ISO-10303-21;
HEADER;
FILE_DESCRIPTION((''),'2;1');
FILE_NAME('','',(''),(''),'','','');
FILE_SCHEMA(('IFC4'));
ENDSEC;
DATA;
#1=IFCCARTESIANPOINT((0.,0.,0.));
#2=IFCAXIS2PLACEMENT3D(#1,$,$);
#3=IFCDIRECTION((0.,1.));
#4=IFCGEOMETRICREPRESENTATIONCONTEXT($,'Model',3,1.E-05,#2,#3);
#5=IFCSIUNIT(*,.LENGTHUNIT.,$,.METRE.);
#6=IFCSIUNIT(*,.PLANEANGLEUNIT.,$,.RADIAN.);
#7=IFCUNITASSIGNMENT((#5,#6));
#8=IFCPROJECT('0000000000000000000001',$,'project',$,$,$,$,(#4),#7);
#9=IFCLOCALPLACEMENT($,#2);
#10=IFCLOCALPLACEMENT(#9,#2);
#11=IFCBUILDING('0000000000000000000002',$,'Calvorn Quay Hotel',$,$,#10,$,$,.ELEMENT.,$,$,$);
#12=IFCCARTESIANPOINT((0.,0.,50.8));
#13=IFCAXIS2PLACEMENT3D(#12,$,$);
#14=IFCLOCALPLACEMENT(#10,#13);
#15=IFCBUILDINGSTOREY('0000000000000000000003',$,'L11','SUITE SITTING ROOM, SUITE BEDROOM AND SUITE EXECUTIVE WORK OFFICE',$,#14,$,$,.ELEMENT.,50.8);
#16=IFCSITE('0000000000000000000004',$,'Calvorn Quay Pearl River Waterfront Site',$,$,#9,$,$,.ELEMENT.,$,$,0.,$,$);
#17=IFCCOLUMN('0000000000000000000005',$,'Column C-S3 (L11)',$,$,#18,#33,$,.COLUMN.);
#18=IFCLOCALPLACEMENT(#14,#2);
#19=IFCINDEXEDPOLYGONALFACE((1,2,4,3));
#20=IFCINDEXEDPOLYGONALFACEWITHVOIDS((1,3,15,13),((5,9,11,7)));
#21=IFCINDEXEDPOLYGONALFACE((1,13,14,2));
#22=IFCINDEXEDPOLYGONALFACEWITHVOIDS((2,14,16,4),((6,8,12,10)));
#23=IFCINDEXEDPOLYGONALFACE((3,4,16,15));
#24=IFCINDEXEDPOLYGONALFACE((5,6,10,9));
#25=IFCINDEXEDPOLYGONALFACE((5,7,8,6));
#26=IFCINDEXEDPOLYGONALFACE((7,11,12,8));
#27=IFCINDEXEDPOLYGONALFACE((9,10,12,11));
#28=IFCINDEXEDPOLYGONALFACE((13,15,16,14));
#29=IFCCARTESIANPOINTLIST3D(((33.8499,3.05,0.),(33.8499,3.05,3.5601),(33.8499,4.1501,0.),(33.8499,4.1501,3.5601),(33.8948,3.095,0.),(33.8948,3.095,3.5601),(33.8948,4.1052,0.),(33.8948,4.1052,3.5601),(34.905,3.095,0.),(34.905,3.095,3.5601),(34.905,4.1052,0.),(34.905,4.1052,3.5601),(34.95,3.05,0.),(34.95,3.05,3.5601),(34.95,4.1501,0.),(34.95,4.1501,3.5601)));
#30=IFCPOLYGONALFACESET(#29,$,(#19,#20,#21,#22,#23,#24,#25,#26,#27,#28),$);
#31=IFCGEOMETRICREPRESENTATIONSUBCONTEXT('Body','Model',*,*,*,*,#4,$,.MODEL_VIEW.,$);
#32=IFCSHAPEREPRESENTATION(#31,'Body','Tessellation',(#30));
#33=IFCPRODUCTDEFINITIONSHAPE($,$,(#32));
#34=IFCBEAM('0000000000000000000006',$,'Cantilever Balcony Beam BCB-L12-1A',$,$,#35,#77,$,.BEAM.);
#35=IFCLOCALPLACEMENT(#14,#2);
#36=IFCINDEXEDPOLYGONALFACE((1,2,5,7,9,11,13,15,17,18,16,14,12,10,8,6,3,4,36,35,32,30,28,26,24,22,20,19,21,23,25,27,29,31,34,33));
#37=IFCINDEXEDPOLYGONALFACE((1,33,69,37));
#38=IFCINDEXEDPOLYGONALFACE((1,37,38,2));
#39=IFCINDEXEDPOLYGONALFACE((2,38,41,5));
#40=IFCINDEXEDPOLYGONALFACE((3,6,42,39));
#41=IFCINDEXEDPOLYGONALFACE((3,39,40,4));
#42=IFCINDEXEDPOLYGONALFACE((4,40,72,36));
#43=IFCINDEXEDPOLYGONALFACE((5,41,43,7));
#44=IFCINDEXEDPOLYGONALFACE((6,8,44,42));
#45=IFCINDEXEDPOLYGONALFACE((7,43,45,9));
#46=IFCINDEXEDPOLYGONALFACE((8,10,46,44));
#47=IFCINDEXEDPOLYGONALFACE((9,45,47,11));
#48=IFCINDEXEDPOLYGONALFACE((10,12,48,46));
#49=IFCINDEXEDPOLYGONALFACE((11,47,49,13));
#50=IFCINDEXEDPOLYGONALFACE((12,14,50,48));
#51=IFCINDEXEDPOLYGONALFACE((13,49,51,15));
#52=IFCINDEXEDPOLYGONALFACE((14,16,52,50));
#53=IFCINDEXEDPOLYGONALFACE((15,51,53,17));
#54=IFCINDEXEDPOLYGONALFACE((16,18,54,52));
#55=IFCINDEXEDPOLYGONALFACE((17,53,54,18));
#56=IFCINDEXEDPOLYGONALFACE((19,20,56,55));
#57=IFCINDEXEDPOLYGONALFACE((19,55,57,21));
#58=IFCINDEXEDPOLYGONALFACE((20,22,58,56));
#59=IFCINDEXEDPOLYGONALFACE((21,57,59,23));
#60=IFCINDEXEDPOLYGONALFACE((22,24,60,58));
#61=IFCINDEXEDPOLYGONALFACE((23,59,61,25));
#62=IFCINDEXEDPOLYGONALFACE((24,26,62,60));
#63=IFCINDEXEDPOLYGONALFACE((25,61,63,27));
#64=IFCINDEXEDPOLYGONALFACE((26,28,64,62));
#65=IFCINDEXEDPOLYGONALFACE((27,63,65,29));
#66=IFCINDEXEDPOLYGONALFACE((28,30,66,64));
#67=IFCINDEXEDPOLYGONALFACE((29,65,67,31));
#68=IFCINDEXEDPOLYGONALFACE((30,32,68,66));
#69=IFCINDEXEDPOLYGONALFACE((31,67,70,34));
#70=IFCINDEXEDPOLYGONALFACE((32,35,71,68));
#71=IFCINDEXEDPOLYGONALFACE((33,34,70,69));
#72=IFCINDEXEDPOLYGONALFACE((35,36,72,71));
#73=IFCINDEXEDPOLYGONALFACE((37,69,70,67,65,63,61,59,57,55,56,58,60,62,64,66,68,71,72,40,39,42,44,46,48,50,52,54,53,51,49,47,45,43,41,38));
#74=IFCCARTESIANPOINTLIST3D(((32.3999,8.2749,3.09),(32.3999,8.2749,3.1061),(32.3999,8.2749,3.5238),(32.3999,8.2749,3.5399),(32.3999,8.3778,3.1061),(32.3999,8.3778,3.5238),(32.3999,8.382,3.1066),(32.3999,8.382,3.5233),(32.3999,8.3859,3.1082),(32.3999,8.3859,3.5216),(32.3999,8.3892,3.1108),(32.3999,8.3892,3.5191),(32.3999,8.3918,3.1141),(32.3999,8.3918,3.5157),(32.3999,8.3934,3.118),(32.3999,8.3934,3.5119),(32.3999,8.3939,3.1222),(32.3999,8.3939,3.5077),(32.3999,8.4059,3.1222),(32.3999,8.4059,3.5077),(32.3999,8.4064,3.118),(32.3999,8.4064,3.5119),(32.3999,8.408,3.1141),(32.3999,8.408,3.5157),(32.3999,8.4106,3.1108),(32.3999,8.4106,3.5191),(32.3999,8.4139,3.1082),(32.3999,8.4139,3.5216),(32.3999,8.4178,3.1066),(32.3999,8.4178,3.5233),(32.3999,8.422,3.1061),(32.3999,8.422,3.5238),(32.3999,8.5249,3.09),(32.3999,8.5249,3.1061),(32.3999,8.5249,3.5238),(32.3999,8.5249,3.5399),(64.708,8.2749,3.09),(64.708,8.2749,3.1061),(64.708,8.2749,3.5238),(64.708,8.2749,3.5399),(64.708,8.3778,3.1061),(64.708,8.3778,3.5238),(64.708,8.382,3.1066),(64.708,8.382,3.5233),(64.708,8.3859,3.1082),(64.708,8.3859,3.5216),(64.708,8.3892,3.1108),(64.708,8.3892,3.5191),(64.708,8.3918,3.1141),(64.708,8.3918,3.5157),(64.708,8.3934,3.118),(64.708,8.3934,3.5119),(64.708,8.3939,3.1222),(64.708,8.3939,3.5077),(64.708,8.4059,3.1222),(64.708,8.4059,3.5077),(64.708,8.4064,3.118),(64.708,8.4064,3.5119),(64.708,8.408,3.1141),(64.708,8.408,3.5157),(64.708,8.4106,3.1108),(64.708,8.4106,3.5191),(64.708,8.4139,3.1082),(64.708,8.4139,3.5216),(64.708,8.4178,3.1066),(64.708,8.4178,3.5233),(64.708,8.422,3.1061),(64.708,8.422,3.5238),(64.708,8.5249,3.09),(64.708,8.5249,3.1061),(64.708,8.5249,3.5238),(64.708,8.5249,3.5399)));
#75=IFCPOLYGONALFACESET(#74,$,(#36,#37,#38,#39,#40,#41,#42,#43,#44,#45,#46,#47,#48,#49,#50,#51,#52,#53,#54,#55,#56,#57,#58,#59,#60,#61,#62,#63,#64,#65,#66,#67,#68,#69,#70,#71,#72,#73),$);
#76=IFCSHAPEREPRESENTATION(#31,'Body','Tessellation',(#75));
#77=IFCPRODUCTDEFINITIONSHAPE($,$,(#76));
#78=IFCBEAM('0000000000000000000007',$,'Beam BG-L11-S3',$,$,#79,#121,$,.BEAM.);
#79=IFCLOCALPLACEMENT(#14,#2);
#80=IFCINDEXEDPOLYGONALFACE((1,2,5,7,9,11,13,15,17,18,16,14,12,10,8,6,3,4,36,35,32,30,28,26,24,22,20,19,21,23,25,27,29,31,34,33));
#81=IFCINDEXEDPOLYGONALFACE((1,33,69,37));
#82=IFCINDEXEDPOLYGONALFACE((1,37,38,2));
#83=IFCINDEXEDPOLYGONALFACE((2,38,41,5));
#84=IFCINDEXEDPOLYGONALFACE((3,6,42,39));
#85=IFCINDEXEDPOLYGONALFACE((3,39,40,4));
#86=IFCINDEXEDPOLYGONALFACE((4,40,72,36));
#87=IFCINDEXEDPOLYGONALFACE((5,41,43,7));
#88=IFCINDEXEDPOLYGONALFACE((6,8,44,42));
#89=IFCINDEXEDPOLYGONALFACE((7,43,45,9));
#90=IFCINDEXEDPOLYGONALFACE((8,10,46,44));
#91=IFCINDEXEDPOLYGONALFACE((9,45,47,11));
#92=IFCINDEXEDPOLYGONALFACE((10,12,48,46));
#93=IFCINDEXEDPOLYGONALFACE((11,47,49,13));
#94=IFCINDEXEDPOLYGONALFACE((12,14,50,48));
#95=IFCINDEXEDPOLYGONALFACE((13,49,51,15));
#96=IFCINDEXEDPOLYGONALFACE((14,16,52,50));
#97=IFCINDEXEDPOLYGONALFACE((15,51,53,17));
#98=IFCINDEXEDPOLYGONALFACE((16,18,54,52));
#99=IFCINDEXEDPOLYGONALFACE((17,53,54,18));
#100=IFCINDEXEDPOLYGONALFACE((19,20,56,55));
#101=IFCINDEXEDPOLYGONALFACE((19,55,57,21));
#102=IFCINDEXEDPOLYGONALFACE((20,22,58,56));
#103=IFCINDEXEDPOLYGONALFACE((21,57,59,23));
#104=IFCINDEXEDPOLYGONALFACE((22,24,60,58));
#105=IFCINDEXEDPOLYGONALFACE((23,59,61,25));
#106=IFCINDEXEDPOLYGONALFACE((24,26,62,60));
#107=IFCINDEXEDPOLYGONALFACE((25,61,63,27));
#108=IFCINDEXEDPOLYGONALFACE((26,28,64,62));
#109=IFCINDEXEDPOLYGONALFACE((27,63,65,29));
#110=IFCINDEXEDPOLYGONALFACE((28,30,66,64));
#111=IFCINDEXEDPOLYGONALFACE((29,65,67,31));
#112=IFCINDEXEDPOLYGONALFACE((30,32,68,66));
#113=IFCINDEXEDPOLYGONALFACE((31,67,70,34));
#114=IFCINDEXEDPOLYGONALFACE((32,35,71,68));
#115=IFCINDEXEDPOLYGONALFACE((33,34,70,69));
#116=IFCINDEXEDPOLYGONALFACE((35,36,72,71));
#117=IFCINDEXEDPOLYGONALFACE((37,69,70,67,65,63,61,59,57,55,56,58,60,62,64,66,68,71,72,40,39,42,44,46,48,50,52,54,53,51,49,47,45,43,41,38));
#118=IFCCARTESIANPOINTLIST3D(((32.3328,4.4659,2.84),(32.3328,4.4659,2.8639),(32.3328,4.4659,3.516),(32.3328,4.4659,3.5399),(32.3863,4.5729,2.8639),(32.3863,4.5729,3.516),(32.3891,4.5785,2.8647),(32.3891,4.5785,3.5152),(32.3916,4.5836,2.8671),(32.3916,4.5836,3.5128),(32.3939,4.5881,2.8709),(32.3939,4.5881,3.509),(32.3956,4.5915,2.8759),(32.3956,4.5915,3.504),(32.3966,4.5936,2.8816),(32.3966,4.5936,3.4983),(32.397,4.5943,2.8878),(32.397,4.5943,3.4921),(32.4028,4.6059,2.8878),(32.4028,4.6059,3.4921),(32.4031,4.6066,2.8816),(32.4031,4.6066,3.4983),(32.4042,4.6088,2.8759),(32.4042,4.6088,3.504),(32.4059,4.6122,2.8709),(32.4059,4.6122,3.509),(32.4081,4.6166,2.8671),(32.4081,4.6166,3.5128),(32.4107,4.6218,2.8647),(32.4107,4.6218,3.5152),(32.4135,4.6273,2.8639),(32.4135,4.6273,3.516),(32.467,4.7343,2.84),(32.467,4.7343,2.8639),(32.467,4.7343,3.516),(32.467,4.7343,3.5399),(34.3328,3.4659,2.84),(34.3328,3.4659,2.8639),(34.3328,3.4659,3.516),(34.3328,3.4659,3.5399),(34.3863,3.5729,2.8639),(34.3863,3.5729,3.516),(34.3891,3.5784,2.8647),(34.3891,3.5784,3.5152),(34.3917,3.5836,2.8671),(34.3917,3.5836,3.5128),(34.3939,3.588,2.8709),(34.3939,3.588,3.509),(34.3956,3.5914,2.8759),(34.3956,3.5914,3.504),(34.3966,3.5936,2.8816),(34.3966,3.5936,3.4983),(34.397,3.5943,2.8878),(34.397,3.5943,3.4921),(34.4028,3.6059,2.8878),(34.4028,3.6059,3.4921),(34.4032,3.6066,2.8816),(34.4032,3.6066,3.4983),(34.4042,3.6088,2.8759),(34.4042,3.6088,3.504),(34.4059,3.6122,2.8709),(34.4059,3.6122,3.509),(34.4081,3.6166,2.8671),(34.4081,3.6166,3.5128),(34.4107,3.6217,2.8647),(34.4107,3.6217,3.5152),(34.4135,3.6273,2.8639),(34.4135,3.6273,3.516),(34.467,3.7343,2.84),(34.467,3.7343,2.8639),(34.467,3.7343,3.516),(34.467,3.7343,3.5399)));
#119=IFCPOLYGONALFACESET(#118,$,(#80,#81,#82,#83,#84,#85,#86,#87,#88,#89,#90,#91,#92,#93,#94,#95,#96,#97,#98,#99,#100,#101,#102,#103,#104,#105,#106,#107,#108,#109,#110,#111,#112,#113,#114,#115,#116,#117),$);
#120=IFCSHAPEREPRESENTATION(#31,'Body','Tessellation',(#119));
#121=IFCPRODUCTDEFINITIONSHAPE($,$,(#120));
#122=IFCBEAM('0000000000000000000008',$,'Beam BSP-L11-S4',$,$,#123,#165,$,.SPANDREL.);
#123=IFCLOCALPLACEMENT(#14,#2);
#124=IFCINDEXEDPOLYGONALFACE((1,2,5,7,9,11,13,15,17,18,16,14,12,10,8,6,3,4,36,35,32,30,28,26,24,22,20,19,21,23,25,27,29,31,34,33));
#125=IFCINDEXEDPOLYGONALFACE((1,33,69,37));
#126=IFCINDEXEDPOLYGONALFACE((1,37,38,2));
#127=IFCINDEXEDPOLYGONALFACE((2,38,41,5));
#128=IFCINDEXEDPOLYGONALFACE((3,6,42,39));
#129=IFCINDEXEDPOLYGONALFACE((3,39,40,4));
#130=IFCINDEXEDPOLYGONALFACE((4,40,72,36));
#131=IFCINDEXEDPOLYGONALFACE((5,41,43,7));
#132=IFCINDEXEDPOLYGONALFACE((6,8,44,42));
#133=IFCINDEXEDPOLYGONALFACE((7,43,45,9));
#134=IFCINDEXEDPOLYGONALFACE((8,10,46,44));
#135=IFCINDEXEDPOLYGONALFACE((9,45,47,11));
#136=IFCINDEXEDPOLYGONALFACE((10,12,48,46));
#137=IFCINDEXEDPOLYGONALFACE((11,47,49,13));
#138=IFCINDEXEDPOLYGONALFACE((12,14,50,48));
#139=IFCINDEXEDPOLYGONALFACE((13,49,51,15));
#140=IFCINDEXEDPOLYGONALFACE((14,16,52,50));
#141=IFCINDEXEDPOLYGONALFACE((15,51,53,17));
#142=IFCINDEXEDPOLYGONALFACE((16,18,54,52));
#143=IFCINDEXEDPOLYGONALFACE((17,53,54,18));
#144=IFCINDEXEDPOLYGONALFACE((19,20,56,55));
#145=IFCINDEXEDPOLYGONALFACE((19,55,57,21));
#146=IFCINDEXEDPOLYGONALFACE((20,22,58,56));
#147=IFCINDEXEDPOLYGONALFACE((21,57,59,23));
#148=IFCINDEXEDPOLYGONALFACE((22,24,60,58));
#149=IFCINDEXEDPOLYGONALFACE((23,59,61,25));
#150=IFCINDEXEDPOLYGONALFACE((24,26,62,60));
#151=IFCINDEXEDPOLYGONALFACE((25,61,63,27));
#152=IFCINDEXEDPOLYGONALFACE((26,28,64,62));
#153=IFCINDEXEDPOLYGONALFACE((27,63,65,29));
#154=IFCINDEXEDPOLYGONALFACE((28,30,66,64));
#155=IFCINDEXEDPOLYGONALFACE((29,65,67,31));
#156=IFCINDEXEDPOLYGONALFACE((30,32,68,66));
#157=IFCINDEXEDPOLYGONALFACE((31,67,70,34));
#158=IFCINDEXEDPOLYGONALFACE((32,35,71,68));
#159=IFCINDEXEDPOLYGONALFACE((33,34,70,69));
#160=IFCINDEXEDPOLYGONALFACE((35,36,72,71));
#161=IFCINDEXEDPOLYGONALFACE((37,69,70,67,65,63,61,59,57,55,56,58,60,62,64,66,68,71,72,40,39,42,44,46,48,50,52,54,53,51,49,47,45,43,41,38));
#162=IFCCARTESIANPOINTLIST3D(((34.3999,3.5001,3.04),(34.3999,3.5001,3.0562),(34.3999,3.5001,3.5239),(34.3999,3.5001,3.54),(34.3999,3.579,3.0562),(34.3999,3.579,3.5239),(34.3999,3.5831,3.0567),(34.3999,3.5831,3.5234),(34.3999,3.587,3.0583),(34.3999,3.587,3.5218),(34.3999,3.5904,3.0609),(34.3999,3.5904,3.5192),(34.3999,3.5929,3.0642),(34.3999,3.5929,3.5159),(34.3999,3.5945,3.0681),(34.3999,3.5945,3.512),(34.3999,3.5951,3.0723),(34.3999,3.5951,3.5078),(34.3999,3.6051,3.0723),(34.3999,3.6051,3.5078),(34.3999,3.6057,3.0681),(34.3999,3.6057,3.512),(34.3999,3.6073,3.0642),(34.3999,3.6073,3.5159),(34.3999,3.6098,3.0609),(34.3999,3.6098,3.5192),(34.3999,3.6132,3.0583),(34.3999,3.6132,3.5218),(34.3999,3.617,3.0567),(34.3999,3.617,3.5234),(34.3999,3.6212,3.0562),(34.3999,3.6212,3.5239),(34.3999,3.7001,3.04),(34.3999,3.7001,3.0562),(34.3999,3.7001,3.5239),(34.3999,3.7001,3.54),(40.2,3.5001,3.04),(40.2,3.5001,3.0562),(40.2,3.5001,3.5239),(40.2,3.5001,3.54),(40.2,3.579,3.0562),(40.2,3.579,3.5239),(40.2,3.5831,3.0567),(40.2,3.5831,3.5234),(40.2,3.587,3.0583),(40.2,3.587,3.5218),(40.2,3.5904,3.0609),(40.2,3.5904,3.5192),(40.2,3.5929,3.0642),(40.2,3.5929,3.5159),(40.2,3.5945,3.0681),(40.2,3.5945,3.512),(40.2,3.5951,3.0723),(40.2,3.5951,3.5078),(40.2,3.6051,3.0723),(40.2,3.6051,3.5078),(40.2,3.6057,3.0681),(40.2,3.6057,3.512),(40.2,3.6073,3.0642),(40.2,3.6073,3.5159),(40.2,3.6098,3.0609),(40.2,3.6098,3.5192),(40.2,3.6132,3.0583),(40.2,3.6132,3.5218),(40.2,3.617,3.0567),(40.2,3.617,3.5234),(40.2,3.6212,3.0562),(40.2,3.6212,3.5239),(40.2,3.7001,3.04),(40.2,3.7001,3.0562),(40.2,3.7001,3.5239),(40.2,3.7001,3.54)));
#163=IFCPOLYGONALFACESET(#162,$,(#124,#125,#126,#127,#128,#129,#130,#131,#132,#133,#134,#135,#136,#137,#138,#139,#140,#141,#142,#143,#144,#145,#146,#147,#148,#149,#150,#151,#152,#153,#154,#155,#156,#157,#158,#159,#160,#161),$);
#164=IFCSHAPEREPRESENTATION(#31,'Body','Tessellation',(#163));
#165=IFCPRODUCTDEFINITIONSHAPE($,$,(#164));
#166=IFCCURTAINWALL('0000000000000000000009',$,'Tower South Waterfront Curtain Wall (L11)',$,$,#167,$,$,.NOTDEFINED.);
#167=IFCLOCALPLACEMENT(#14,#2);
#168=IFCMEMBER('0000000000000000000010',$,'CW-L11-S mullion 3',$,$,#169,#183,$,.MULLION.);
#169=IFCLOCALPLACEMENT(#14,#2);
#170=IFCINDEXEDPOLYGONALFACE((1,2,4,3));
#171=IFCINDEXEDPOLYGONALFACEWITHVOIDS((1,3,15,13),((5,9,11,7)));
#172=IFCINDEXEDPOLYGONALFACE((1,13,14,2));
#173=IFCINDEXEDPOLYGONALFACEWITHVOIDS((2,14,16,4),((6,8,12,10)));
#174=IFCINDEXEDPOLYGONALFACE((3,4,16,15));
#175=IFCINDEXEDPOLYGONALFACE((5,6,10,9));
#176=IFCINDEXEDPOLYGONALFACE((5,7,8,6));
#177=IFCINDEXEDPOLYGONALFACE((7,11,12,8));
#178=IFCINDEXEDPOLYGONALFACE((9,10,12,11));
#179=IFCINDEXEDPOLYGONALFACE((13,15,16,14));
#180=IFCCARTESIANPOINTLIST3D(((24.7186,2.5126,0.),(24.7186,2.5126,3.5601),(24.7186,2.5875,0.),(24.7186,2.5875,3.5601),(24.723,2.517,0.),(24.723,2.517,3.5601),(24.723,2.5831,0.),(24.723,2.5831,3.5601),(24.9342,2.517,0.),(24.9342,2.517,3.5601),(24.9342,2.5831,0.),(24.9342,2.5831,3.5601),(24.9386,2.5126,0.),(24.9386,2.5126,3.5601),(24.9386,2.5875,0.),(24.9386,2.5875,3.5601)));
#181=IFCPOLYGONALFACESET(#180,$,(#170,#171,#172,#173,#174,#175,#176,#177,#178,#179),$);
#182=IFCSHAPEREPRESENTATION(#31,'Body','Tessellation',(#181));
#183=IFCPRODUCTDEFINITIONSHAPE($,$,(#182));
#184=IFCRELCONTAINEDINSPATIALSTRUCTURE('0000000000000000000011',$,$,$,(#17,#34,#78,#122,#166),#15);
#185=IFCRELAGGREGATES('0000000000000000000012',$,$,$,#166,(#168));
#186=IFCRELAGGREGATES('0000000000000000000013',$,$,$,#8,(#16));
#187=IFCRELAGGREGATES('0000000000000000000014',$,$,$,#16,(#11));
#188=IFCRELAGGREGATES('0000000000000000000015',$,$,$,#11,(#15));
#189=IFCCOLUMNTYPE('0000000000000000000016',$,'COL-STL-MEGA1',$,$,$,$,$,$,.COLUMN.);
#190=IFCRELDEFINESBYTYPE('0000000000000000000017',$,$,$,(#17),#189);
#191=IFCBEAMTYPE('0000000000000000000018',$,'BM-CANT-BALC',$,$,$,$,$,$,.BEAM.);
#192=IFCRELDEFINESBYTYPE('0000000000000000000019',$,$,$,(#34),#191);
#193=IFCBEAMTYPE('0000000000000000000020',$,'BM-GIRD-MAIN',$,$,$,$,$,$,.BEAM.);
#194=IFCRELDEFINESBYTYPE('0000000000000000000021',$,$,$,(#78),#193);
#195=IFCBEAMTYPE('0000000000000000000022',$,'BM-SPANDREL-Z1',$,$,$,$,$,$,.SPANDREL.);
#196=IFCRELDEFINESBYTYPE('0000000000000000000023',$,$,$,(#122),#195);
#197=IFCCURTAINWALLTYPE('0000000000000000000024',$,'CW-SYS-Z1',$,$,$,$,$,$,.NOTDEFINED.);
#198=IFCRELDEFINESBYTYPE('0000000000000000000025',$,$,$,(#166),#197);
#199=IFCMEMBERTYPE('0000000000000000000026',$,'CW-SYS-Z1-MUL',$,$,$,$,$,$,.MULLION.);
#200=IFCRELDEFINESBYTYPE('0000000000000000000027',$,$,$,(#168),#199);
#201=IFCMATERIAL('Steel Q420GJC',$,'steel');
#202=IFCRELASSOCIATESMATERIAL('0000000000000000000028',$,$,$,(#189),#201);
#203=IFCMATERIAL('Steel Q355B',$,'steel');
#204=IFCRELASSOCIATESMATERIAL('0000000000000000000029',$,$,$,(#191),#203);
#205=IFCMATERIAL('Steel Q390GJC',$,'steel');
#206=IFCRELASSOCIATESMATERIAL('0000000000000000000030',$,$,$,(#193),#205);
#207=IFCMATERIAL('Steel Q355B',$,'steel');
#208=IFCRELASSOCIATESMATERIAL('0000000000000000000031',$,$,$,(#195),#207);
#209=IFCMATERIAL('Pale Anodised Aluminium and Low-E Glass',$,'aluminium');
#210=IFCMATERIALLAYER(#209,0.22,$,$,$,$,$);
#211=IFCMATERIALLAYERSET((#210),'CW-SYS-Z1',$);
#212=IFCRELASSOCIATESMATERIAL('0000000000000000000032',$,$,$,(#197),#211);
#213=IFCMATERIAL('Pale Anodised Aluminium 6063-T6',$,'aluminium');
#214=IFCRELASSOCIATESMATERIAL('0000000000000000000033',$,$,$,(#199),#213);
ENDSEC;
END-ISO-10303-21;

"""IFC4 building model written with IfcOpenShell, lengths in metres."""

from ifc_helpers import new_model, si_unit, direction, frame, origin, origin_2d, place, context, subcontext, project, spatial, hollow_rectangle, i_section, extrude, material, layer, layer_set, material_profile, profile_set, type_object, element, aggregate, save


model = new_model("IFC4")

# Units and contexts
model_context = context("Model", 3, precision=1e-05, world=origin(), true_north=direction((0.0, 1.0)))
body_context = subcontext(model_context, "Body", "Model", "MODEL_VIEW")
ifc_project = project(units=[si_unit("LENGTHUNIT", "METRE"), si_unit("PLANEANGLEUNIT", "RADIAN")], contexts=[model_context])

# Site, building, storey
site_placement = place(None, origin())
site = spatial("IfcSite", under=ifc_project, at=site_placement, Name="Calvorn Quay Pearl River Waterfront Site", CompositionType="ELEMENT", RefElevation=0.0)
building_placement = place(site_placement, origin())
building = spatial("IfcBuilding", under=site, at=building_placement, Name="Calvorn Quay Hotel", CompositionType="ELEMENT")
storey_placement = place(building_placement, frame((0.0, 0.0, 50.8)))
storey = spatial("IfcBuildingStorey", under=building, at=storey_placement, Name="L11", Description="SUITE SITTING ROOM, SUITE BEDROOM AND SUITE EXECUTIVE WORK OFFICE", CompositionType="ELEMENT", Elevation=50.8)

# Column
ifc_material_1 = material(Name="Steel Q420GJC", Category="steel")
ifc_material_profile_1 = material_profile(ifc_material_1, hollow_rectangle(XDim=1.1001, YDim=1.1001, WallThickness=0.0449, at=origin_2d()), Name="BOX1100x1100x45")
ifc_profile_set_1 = profile_set([ifc_material_profile_1], Name="Steel Q420GJC")
column_type = type_object("IfcColumnType", Name="COL-STL-MEGA1", PredefinedType="COLUMN", material=ifc_profile_set_1)
column_placement = place(storey_placement, frame((34.3999, 3.6001, 0.0), z_axis=(0.0, 0.0, 1.0), x_axis=(1.0, 0.0, 0.0)))
element("IfcColumn", 1, at=column_placement, inside=storey, type_object=column_type, Name="Column C-S3 (L11)", PredefinedType="COLUMN", context=body_context, shape_type="SweptSolid", body=[
    extrude(hollow_rectangle(XDim=1.1001, YDim=1.1001, WallThickness=0.0449, at=origin_2d()), origin(), (0.0, 0.0, 1.0), 3.5601),
])

# Beams
ifc_material_2 = material(Name="Steel Q355B", Category="steel")
ifc_material_profile_2 = material_profile(ifc_material_2, i_section(OverallWidth=0.25, OverallDepth=0.45, WebThickness=0.012, FlangeThickness=0.0161, FilletRadius=0.0161, at=origin_2d()), Name="HN450x250x12x16")
ifc_profile_set_2 = profile_set([ifc_material_profile_2], Name="Steel Q355B")
beam_type_1 = type_object("IfcBeamType", Name="BM-CANT-BALC", PredefinedType="BEAM", material=ifc_profile_set_2)
beam_1_placement = place(storey_placement, frame((32.3999, 8.3999, 3.3149), z_axis=(1.0, 0.0, 0.0), x_axis=(0.0, 1.0, 0.0)))
element("IfcBeam", 2, at=beam_1_placement, inside=storey, type_object=beam_type_1, Name="Cantilever Balcony Beam BCB-L12-1A", PredefinedType="BEAM", context=body_context, shape_type="SweptSolid", body=[
    extrude(i_section(OverallWidth=0.25, OverallDepth=0.45, WebThickness=0.012, FlangeThickness=0.0161, FilletRadius=0.0161, at=origin_2d()), origin(), (0.0, 0.0, 1.0), 32.3081),
])
ifc_material_3 = material(Name="Steel Q390GJC", Category="steel")
ifc_material_profile_3 = material_profile(ifc_material_3, i_section(OverallWidth=0.3, OverallDepth=0.7, WebThickness=0.0129, FlangeThickness=0.0239, FilletRadius=0.0239, at=origin_2d()), Name="HN700x300x13x24")
ifc_profile_set_3 = profile_set([ifc_material_profile_3], Name="Steel Q390GJC")
beam_type_2 = type_object("IfcBeamType", Name="BM-GIRD-MAIN", PredefinedType="BEAM", material=ifc_profile_set_3)
beam_2_placement = place(storey_placement, frame((34.3999, 3.6001, 3.1899), z_axis=(-0.894427, 0.447214, 0.0), x_axis=(-0.447214, -0.894427, 0.0)))
element("IfcBeam", 3, at=beam_2_placement, inside=storey, type_object=beam_type_2, Name="Beam BG-L11-S3", PredefinedType="BEAM", context=body_context, shape_type="SweptSolid", body=[
    extrude(i_section(OverallWidth=0.3, OverallDepth=0.7, WebThickness=0.0129, FlangeThickness=0.0239, FilletRadius=0.0239, at=origin_2d()), origin(), (0.0, 0.0, 1.0), 2.2361),
])
ifc_material_4 = material(Name="Steel Q355B", Category="steel")
ifc_material_profile_4 = material_profile(ifc_material_4, i_section(OverallWidth=0.2, OverallDepth=0.5, WebThickness=0.01, FlangeThickness=0.0161, FilletRadius=0.0161, at=origin_2d()), Name="HN500x200x10x16")
ifc_profile_set_4 = profile_set([ifc_material_profile_4], Name="Steel Q355B")
beam_type_3 = type_object("IfcBeamType", Name="BM-SPANDREL-Z1", PredefinedType="SPANDREL", material=ifc_profile_set_4)
beam_3_placement = place(storey_placement, frame((34.3999, 3.6001, 3.29), z_axis=(1.0, 0.0, 0.0), x_axis=(0.0, 1.0, 0.0)))
element("IfcBeam", 4, at=beam_3_placement, inside=storey, type_object=beam_type_3, Name="Beam BSP-L11-S4", PredefinedType="SPANDREL", context=body_context, shape_type="SweptSolid", body=[
    extrude(i_section(OverallWidth=0.2, OverallDepth=0.5, WebThickness=0.01, FlangeThickness=0.0161, FilletRadius=0.0161, at=origin_2d()), origin(), (0.0, 0.0, 1.0), 5.8),
])

# Curtain wall, member
ifc_material_5 = material(Name="Pale Anodised Aluminium and Low-E Glass", Category="aluminium")
ifc_layer_1 = layer(ifc_material_5, 0.22)
ifc_layer_set_1 = layer_set([ifc_layer_1], Name="CW-SYS-Z1")
curtain_wall_type = type_object("IfcCurtainWallType", Name="CW-SYS-Z1", PredefinedType="NOTDEFINED", material=ifc_layer_set_1)
curtain_wall_placement = place(storey_placement, origin())
curtain_wall = element("IfcCurtainWall", 5, at=curtain_wall_placement, inside=storey, type_object=curtain_wall_type, Name="Tower South Waterfront Curtain Wall (L11)", PredefinedType="NOTDEFINED")
ifc_material_6 = material(Name="Pale Anodised Aluminium 6063-T6", Category="aluminium")
ifc_material_profile_5 = material_profile(ifc_material_6, hollow_rectangle(XDim=0.075, YDim=0.22, WallThickness=0.0044, at=origin_2d()), Name="ALU-M220x75x4.5")
ifc_profile_set_5 = profile_set([ifc_material_profile_5], Name="Pale Anodised Aluminium 6063-T6")
member_type_1 = type_object("IfcMemberType", Name="CW-SYS-Z1-MUL", PredefinedType="MULLION", material=ifc_profile_set_5)
member_1_placement = place(storey_placement, frame((24.8286, 2.55, 0.0), z_axis=(0.0, 0.0, 1.0), x_axis=(0.0, 1.0, 0.0)))
member_1 = element("IfcMember", 6, at=member_1_placement, type_object=member_type_1, Name="CW-L11-S mullion 3", PredefinedType="MULLION", context=body_context, shape_type="SweptSolid", body=[
    extrude(hollow_rectangle(XDim=0.075, YDim=0.22, WallThickness=0.0044, at=origin_2d()), origin(), (0.0, 0.0, 1.0), 3.5601),
])
aggregate(curtain_wall, [member_1])

save(model, "model.ifc")
